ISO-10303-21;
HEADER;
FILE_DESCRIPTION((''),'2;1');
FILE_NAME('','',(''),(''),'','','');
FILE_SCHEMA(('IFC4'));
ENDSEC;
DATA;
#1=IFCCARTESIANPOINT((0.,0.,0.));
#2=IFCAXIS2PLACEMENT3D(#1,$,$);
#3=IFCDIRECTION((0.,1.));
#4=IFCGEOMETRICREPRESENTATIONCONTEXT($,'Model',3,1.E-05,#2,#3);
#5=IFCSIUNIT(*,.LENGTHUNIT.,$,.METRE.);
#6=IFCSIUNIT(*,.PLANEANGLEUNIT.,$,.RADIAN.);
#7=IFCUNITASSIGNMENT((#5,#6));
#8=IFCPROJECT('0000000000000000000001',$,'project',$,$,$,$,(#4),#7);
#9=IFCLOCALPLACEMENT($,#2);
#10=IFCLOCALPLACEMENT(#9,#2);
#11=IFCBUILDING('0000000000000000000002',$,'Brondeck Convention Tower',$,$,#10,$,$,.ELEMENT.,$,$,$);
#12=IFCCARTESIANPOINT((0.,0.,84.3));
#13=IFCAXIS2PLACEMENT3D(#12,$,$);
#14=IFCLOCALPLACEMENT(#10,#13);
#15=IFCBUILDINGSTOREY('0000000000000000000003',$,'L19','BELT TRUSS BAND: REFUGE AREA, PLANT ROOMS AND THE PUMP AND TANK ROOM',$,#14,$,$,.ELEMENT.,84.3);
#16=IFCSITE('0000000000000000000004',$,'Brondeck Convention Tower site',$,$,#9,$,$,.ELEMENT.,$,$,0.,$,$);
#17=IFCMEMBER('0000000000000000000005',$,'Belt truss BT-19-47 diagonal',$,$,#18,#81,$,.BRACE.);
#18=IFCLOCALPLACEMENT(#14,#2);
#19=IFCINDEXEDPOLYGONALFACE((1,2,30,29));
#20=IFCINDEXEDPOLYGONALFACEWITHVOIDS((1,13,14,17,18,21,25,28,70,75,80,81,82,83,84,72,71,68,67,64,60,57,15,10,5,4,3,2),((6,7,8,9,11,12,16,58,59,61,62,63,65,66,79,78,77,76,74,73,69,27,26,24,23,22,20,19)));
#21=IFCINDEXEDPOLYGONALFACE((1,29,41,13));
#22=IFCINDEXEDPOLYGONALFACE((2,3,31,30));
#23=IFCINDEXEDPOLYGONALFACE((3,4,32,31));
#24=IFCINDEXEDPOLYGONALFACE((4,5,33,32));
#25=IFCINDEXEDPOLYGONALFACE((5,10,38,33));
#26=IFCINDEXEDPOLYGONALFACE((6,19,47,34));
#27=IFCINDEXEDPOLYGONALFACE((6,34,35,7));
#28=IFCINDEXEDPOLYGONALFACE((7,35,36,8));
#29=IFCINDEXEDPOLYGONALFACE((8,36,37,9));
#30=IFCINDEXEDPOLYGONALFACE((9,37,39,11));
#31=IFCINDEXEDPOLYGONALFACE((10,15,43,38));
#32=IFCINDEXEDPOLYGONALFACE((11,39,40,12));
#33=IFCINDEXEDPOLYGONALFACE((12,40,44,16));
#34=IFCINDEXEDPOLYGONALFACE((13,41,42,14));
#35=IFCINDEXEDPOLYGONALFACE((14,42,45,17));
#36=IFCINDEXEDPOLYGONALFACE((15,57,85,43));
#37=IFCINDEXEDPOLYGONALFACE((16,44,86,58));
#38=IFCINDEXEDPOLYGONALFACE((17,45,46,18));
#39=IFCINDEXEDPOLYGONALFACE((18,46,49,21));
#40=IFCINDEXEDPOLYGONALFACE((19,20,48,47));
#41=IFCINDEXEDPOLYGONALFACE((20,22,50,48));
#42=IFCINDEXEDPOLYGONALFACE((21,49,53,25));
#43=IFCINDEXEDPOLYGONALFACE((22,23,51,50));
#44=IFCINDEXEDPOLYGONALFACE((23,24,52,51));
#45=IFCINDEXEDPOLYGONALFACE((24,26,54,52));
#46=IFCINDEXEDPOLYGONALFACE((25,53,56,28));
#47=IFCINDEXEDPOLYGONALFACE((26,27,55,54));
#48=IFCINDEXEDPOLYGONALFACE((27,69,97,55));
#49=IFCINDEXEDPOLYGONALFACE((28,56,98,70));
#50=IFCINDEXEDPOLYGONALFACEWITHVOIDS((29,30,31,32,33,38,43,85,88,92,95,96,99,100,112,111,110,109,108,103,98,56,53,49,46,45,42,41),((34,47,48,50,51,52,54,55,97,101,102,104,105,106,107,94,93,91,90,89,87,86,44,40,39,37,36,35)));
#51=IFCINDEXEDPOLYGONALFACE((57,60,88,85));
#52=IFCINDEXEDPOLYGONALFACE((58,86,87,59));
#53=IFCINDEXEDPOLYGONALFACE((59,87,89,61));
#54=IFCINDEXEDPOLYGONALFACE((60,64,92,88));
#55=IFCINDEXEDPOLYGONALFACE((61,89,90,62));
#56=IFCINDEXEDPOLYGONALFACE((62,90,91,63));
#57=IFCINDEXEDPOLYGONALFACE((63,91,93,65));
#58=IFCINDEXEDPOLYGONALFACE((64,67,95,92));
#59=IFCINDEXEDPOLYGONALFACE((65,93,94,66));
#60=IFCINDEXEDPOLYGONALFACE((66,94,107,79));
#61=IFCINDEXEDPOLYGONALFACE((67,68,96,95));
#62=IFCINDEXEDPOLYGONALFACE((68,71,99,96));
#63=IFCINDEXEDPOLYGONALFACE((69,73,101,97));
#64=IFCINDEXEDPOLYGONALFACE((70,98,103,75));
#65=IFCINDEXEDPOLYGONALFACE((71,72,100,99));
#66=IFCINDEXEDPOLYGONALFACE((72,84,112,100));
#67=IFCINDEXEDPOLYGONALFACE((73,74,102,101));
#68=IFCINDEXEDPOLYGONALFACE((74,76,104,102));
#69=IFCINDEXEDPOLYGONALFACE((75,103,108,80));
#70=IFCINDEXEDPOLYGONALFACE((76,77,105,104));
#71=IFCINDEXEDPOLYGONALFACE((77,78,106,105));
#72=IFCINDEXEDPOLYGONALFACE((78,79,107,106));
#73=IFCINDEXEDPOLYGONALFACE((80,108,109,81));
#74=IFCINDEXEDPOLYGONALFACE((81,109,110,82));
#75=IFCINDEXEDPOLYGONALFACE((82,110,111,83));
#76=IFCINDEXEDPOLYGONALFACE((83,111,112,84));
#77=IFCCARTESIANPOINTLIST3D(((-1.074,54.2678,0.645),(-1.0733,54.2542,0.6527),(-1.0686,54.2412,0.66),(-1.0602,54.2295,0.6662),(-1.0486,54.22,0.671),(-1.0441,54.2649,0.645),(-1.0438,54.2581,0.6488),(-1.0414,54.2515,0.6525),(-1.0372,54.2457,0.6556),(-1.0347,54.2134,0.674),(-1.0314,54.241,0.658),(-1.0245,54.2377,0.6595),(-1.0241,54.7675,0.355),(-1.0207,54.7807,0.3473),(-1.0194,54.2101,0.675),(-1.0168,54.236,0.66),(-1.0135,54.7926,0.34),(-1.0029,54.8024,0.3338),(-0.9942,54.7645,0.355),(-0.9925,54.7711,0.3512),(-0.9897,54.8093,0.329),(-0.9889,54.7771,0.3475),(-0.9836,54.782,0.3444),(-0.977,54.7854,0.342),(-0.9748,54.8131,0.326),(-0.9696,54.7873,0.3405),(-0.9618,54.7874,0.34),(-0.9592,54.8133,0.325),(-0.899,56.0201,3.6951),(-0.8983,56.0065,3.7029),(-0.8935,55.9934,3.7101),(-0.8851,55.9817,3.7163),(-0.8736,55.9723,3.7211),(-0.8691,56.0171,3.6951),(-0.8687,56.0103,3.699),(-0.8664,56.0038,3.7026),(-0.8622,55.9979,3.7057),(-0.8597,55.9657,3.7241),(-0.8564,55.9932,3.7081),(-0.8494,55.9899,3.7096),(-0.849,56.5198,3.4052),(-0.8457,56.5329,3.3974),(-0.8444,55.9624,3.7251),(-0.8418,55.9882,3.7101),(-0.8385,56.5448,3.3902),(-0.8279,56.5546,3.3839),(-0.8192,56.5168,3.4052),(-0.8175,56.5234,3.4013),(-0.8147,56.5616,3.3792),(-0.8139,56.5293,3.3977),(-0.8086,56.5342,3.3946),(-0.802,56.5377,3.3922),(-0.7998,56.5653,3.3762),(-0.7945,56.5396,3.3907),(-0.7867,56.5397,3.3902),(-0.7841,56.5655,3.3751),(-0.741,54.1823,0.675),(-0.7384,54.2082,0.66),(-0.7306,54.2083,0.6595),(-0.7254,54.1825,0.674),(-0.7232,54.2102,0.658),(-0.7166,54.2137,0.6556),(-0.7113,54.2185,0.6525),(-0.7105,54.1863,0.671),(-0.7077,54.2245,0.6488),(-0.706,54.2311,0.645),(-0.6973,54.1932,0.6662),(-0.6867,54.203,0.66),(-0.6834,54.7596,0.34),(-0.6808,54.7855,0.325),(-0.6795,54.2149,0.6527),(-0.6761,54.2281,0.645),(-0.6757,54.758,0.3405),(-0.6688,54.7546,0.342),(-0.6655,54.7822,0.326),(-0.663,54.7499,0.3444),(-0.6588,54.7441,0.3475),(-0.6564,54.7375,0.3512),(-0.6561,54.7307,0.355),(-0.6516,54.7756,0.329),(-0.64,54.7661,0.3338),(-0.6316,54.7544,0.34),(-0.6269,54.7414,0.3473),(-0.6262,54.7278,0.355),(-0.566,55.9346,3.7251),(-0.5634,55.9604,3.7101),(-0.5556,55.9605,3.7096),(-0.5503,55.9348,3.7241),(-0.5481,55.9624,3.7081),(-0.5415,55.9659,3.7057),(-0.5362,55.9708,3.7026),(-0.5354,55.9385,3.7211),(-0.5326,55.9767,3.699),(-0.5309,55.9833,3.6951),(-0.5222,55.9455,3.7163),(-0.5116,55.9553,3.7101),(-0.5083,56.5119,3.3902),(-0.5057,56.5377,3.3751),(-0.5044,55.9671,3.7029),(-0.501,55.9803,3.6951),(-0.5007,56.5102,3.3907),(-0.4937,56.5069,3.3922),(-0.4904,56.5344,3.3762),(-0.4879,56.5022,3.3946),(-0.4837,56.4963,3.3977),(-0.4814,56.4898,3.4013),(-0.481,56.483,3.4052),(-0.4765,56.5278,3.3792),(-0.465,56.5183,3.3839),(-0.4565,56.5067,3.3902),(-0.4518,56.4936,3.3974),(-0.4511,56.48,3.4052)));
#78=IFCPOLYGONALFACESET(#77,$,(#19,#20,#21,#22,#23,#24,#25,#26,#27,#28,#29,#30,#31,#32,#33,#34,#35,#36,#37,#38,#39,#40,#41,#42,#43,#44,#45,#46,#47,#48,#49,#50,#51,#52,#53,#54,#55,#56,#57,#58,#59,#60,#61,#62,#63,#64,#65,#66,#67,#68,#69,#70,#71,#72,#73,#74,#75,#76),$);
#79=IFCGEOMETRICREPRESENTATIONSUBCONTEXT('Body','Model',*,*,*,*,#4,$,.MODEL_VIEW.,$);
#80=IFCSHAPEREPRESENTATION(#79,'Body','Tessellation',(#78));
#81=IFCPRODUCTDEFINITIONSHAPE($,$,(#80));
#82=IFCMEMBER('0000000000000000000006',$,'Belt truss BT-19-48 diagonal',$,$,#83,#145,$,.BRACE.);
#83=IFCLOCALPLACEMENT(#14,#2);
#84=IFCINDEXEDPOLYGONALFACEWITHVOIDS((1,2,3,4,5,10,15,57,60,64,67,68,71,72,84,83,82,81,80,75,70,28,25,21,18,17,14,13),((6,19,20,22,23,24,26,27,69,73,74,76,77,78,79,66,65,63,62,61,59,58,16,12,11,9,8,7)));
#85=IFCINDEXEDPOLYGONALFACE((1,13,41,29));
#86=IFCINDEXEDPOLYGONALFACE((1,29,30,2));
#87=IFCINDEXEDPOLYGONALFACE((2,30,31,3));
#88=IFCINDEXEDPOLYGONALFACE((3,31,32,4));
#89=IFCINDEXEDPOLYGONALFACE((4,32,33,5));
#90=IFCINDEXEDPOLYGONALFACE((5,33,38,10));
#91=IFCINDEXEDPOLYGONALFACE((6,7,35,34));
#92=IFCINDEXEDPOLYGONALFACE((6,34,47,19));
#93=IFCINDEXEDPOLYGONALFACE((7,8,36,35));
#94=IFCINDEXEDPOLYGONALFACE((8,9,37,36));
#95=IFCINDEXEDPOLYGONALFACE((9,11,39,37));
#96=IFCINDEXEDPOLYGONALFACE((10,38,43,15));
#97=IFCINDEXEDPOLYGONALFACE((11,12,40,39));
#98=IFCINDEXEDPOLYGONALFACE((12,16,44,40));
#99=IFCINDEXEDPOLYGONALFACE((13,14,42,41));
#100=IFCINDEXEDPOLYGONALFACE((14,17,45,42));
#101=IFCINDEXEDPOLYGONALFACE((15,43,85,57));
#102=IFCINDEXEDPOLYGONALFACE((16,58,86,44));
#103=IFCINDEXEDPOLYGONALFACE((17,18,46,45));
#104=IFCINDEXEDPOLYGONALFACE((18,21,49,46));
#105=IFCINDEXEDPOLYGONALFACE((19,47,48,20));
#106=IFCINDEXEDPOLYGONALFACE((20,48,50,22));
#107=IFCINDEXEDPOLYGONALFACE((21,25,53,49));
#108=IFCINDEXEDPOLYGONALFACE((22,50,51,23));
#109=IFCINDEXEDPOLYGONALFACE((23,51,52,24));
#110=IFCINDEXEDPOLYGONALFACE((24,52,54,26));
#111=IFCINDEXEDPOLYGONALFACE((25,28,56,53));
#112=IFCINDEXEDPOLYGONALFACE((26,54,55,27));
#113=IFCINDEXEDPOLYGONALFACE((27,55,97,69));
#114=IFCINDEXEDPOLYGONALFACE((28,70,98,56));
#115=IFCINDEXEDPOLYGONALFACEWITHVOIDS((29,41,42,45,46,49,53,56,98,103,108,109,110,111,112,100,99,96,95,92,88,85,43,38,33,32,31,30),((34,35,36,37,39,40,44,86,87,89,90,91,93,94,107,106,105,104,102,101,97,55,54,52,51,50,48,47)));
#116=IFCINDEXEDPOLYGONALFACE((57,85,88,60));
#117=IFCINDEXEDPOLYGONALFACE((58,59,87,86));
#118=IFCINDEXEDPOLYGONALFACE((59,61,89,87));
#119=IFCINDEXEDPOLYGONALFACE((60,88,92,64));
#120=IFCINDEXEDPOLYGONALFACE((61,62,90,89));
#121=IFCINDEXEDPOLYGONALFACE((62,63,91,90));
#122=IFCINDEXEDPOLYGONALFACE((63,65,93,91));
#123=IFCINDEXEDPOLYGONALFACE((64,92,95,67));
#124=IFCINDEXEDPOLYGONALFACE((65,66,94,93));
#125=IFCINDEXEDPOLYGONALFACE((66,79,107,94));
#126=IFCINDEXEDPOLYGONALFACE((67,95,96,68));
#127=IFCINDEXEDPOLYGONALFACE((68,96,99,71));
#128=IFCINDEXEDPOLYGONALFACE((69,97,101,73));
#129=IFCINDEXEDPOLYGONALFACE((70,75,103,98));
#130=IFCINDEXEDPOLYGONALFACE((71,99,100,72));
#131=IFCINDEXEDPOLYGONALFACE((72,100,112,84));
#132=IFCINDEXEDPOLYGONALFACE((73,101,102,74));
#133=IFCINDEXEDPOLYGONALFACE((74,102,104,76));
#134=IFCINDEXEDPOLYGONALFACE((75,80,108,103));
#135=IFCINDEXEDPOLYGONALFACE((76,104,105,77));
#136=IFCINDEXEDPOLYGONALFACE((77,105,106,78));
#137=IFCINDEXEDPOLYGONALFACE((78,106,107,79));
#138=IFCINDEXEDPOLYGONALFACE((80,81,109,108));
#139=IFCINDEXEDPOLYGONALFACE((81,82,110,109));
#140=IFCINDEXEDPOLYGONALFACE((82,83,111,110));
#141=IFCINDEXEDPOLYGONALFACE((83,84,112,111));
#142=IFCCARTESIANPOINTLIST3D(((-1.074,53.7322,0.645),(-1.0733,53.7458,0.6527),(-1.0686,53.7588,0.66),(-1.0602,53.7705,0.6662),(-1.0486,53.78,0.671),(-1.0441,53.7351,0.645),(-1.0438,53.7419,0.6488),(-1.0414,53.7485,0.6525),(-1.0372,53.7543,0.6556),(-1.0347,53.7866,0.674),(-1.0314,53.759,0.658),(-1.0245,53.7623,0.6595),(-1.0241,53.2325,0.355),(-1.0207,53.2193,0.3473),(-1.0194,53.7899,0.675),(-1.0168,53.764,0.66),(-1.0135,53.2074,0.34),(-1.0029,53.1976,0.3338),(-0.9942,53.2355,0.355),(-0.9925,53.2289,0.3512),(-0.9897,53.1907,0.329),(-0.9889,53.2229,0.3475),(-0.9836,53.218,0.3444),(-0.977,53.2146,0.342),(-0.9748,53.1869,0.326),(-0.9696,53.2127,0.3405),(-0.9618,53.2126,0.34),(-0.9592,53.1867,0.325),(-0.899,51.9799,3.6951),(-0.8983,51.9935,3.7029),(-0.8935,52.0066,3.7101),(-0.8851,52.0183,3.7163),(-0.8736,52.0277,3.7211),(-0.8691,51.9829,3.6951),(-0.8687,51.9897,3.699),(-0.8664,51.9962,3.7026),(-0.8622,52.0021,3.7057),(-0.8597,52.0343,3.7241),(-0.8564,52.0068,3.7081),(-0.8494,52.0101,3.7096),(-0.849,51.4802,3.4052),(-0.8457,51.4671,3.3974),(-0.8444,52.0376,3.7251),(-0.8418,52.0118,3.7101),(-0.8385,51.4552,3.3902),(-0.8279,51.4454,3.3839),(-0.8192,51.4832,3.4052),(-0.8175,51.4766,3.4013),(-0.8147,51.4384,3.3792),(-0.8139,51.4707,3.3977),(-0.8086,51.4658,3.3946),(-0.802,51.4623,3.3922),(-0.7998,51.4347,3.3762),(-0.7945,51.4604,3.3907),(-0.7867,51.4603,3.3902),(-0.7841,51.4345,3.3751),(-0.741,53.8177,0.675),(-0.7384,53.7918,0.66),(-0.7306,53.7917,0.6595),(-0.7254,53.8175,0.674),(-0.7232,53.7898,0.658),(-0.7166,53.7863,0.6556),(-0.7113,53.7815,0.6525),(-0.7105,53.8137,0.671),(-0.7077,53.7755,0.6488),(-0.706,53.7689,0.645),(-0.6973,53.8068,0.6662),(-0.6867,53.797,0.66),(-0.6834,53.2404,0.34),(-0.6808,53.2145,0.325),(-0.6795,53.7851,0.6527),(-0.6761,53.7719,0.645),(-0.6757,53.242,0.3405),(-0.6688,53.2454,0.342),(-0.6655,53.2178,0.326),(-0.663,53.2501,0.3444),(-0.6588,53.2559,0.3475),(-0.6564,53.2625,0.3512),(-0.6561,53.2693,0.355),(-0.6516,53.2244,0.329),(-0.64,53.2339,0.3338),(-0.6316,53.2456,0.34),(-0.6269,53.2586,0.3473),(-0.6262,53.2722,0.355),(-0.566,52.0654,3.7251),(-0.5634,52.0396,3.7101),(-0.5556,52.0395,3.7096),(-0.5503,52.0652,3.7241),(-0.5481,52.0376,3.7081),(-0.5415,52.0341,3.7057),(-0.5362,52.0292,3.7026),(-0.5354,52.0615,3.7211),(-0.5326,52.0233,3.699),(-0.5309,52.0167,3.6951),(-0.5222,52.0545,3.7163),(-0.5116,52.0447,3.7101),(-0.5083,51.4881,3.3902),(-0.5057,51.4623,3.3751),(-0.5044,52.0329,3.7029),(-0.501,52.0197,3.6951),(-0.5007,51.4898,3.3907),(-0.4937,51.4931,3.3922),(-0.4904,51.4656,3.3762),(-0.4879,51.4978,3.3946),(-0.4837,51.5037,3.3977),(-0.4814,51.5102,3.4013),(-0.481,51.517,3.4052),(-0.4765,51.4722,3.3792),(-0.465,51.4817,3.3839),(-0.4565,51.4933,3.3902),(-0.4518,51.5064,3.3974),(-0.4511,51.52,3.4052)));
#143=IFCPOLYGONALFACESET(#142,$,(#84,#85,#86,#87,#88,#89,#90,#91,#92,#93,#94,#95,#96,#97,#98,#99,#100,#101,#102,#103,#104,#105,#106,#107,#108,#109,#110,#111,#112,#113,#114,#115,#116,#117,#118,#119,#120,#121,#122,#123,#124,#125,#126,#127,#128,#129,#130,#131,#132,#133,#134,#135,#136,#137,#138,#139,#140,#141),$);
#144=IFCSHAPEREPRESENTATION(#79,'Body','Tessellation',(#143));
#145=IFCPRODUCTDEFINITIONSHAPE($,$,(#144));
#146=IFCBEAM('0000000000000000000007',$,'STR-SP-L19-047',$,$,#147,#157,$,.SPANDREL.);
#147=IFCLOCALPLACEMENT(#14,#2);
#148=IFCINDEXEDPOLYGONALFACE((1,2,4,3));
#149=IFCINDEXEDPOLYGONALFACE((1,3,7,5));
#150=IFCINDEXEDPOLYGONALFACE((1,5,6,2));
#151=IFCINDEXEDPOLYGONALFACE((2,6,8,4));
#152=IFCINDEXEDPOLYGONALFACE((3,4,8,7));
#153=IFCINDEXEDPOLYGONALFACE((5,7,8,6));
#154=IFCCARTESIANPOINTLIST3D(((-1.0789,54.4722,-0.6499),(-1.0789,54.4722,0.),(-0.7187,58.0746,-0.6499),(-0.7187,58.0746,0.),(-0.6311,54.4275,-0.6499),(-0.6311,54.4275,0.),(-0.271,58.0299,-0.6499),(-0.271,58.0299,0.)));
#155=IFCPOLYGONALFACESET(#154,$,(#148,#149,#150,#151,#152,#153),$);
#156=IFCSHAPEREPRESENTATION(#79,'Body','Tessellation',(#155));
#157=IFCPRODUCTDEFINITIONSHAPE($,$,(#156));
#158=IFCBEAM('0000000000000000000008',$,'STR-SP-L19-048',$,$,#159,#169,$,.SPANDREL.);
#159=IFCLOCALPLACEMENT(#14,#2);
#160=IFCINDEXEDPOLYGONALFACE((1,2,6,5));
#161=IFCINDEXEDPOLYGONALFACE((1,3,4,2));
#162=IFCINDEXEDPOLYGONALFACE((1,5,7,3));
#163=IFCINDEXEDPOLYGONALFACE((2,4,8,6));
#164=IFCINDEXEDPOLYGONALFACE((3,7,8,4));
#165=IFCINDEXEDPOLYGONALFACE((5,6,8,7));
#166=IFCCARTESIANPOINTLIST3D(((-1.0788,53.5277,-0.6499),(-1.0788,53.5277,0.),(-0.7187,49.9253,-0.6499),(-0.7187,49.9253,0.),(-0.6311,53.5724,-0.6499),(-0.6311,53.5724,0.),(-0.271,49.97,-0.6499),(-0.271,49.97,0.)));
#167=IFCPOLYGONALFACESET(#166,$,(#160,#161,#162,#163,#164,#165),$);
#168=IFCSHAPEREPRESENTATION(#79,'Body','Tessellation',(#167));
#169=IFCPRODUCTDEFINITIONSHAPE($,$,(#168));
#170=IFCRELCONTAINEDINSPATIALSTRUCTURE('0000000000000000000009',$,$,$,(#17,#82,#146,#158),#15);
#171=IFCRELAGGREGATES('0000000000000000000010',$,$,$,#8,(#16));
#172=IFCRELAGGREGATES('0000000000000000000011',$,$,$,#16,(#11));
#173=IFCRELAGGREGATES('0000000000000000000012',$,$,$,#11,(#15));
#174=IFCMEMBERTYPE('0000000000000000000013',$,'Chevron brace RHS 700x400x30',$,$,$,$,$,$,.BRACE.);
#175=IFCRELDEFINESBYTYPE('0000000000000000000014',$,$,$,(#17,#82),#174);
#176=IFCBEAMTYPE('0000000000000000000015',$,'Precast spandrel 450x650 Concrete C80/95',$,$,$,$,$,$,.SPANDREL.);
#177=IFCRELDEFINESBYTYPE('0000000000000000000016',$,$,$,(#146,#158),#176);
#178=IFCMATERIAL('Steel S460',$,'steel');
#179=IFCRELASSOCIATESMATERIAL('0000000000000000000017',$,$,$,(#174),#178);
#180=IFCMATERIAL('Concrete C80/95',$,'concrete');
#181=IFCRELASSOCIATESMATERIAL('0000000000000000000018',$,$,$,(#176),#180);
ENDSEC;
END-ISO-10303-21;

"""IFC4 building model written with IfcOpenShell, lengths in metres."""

from ifc_helpers import new_model, si_unit, direction, frame, origin, origin_2d, place, context, subcontext, project, spatial, rectangle, hollow_rectangle, extrude, material, material_profile, profile_set, type_object, element, save


model = new_model("IFC4")

# Units and contexts
model_context = context("Model", 3, precision=1e-05, world=origin(), true_north=direction((0.0, 1.0)))
body_context = subcontext(model_context, "Body", "Model", "MODEL_VIEW")
ifc_project = project(units=[si_unit("LENGTHUNIT", "METRE"), si_unit("PLANEANGLEUNIT", "RADIAN")], contexts=[model_context])

# Site, building, storey
site_placement = place(None, origin())
site = spatial("IfcSite", under=ifc_project, at=site_placement, Name="Brondeck Convention Tower site", CompositionType="ELEMENT", RefElevation=0.0)
building_placement = place(site_placement, origin())
building = spatial("IfcBuilding", under=site, at=building_placement, Name="Brondeck Convention Tower", CompositionType="ELEMENT")
storey_placement = place(building_placement, frame((0.0, 0.0, 84.3)))
storey = spatial("IfcBuildingStorey", under=building, at=storey_placement, Name="L19", Description="BELT TRUSS BAND: REFUGE AREA, PLANT ROOMS AND THE PUMP AND TANK ROOM", CompositionType="ELEMENT", Elevation=84.3)

# Shared definitions
ifc_material_1 = material(Name="Concrete C80/95", Category="concrete")

# Members
ifc_material_2 = material(Name="Steel S460", Category="steel")
ifc_material_profile_1 = material_profile(ifc_material_2, hollow_rectangle(XDim=0.3999, YDim=0.7, WallThickness=0.03, InnerFilletRadius=0.03, OuterFilletRadius=0.0601, at=origin_2d()), Name="RHS 700x400x30")
ifc_profile_set_1 = profile_set([ifc_material_profile_1], Name="Steel S460")
member_type_1 = type_object("IfcMemberType", Name="Chevron brace RHS 700x400x30", PredefinedType="BRACE", material=ifc_profile_set_1)
for number, where, z_axis, x_axis, name in (
    (1, (-0.8501, 54.4978, 0.5), (0.049703, 0.497518, 0.866029), (-0.995047, 0.099408, 0.0), "Belt truss BT-19-47 diagonal"),
    (2, (-0.8501, 53.5022, 0.5), (0.049703, -0.497518, 0.866029), (0.995047, 0.099408, 0.0), "Belt truss BT-19-48 diagonal"),
):
    element("IfcMember", number, at=place(storey_placement, frame(where, z_axis=z_axis, x_axis=x_axis)), inside=storey, type_object=member_type_1, Name=name, PredefinedType="BRACE", context=body_context, shape_type="SweptSolid", body=[
        extrude(hollow_rectangle(XDim=0.3999, YDim=0.7, WallThickness=0.03, InnerFilletRadius=0.03, OuterFilletRadius=0.0601, at=origin_2d()), origin(), (0.0, 0.0, 1.0), 3.522),
    ])

# Beams
ifc_material_profile_2 = material_profile(ifc_material_1, rectangle(XDim=0.45, YDim=0.6499, at=origin_2d()), Name="Precast spandrel 450x650 Concrete C80/95")
ifc_profile_set_2 = profile_set([ifc_material_profile_2], Name="Concrete C80/95")
beam_type = type_object("IfcBeamType", Name="Precast spandrel 450x650 Concrete C80/95", PredefinedType="SPANDREL", material=ifc_profile_set_2)
for number, where, z_axis, x_axis, name in (
    (3, (-0.4949, 58.0522, -0.325), (-0.09947, -0.995041, 0.0), (0.995041, -0.09947, 0.0), "STR-SP-L19-047"),
    (4, (-0.855, 53.55, -0.325), (0.09947, -0.995041, 0.0), (0.995041, 0.09947, 0.0), "STR-SP-L19-048"),
):
    element("IfcBeam", number, at=place(storey_placement, frame(where, z_axis=z_axis, x_axis=x_axis)), inside=storey, type_object=beam_type, Name=name, PredefinedType="SPANDREL", context=body_context, shape_type="SweptSolid", body=[
        extrude(rectangle(XDim=0.45, YDim=0.6499, at=origin_2d()), origin(), (0.0, 0.0, 1.0), 3.6204),
    ])

save(model, "model.ifc")
